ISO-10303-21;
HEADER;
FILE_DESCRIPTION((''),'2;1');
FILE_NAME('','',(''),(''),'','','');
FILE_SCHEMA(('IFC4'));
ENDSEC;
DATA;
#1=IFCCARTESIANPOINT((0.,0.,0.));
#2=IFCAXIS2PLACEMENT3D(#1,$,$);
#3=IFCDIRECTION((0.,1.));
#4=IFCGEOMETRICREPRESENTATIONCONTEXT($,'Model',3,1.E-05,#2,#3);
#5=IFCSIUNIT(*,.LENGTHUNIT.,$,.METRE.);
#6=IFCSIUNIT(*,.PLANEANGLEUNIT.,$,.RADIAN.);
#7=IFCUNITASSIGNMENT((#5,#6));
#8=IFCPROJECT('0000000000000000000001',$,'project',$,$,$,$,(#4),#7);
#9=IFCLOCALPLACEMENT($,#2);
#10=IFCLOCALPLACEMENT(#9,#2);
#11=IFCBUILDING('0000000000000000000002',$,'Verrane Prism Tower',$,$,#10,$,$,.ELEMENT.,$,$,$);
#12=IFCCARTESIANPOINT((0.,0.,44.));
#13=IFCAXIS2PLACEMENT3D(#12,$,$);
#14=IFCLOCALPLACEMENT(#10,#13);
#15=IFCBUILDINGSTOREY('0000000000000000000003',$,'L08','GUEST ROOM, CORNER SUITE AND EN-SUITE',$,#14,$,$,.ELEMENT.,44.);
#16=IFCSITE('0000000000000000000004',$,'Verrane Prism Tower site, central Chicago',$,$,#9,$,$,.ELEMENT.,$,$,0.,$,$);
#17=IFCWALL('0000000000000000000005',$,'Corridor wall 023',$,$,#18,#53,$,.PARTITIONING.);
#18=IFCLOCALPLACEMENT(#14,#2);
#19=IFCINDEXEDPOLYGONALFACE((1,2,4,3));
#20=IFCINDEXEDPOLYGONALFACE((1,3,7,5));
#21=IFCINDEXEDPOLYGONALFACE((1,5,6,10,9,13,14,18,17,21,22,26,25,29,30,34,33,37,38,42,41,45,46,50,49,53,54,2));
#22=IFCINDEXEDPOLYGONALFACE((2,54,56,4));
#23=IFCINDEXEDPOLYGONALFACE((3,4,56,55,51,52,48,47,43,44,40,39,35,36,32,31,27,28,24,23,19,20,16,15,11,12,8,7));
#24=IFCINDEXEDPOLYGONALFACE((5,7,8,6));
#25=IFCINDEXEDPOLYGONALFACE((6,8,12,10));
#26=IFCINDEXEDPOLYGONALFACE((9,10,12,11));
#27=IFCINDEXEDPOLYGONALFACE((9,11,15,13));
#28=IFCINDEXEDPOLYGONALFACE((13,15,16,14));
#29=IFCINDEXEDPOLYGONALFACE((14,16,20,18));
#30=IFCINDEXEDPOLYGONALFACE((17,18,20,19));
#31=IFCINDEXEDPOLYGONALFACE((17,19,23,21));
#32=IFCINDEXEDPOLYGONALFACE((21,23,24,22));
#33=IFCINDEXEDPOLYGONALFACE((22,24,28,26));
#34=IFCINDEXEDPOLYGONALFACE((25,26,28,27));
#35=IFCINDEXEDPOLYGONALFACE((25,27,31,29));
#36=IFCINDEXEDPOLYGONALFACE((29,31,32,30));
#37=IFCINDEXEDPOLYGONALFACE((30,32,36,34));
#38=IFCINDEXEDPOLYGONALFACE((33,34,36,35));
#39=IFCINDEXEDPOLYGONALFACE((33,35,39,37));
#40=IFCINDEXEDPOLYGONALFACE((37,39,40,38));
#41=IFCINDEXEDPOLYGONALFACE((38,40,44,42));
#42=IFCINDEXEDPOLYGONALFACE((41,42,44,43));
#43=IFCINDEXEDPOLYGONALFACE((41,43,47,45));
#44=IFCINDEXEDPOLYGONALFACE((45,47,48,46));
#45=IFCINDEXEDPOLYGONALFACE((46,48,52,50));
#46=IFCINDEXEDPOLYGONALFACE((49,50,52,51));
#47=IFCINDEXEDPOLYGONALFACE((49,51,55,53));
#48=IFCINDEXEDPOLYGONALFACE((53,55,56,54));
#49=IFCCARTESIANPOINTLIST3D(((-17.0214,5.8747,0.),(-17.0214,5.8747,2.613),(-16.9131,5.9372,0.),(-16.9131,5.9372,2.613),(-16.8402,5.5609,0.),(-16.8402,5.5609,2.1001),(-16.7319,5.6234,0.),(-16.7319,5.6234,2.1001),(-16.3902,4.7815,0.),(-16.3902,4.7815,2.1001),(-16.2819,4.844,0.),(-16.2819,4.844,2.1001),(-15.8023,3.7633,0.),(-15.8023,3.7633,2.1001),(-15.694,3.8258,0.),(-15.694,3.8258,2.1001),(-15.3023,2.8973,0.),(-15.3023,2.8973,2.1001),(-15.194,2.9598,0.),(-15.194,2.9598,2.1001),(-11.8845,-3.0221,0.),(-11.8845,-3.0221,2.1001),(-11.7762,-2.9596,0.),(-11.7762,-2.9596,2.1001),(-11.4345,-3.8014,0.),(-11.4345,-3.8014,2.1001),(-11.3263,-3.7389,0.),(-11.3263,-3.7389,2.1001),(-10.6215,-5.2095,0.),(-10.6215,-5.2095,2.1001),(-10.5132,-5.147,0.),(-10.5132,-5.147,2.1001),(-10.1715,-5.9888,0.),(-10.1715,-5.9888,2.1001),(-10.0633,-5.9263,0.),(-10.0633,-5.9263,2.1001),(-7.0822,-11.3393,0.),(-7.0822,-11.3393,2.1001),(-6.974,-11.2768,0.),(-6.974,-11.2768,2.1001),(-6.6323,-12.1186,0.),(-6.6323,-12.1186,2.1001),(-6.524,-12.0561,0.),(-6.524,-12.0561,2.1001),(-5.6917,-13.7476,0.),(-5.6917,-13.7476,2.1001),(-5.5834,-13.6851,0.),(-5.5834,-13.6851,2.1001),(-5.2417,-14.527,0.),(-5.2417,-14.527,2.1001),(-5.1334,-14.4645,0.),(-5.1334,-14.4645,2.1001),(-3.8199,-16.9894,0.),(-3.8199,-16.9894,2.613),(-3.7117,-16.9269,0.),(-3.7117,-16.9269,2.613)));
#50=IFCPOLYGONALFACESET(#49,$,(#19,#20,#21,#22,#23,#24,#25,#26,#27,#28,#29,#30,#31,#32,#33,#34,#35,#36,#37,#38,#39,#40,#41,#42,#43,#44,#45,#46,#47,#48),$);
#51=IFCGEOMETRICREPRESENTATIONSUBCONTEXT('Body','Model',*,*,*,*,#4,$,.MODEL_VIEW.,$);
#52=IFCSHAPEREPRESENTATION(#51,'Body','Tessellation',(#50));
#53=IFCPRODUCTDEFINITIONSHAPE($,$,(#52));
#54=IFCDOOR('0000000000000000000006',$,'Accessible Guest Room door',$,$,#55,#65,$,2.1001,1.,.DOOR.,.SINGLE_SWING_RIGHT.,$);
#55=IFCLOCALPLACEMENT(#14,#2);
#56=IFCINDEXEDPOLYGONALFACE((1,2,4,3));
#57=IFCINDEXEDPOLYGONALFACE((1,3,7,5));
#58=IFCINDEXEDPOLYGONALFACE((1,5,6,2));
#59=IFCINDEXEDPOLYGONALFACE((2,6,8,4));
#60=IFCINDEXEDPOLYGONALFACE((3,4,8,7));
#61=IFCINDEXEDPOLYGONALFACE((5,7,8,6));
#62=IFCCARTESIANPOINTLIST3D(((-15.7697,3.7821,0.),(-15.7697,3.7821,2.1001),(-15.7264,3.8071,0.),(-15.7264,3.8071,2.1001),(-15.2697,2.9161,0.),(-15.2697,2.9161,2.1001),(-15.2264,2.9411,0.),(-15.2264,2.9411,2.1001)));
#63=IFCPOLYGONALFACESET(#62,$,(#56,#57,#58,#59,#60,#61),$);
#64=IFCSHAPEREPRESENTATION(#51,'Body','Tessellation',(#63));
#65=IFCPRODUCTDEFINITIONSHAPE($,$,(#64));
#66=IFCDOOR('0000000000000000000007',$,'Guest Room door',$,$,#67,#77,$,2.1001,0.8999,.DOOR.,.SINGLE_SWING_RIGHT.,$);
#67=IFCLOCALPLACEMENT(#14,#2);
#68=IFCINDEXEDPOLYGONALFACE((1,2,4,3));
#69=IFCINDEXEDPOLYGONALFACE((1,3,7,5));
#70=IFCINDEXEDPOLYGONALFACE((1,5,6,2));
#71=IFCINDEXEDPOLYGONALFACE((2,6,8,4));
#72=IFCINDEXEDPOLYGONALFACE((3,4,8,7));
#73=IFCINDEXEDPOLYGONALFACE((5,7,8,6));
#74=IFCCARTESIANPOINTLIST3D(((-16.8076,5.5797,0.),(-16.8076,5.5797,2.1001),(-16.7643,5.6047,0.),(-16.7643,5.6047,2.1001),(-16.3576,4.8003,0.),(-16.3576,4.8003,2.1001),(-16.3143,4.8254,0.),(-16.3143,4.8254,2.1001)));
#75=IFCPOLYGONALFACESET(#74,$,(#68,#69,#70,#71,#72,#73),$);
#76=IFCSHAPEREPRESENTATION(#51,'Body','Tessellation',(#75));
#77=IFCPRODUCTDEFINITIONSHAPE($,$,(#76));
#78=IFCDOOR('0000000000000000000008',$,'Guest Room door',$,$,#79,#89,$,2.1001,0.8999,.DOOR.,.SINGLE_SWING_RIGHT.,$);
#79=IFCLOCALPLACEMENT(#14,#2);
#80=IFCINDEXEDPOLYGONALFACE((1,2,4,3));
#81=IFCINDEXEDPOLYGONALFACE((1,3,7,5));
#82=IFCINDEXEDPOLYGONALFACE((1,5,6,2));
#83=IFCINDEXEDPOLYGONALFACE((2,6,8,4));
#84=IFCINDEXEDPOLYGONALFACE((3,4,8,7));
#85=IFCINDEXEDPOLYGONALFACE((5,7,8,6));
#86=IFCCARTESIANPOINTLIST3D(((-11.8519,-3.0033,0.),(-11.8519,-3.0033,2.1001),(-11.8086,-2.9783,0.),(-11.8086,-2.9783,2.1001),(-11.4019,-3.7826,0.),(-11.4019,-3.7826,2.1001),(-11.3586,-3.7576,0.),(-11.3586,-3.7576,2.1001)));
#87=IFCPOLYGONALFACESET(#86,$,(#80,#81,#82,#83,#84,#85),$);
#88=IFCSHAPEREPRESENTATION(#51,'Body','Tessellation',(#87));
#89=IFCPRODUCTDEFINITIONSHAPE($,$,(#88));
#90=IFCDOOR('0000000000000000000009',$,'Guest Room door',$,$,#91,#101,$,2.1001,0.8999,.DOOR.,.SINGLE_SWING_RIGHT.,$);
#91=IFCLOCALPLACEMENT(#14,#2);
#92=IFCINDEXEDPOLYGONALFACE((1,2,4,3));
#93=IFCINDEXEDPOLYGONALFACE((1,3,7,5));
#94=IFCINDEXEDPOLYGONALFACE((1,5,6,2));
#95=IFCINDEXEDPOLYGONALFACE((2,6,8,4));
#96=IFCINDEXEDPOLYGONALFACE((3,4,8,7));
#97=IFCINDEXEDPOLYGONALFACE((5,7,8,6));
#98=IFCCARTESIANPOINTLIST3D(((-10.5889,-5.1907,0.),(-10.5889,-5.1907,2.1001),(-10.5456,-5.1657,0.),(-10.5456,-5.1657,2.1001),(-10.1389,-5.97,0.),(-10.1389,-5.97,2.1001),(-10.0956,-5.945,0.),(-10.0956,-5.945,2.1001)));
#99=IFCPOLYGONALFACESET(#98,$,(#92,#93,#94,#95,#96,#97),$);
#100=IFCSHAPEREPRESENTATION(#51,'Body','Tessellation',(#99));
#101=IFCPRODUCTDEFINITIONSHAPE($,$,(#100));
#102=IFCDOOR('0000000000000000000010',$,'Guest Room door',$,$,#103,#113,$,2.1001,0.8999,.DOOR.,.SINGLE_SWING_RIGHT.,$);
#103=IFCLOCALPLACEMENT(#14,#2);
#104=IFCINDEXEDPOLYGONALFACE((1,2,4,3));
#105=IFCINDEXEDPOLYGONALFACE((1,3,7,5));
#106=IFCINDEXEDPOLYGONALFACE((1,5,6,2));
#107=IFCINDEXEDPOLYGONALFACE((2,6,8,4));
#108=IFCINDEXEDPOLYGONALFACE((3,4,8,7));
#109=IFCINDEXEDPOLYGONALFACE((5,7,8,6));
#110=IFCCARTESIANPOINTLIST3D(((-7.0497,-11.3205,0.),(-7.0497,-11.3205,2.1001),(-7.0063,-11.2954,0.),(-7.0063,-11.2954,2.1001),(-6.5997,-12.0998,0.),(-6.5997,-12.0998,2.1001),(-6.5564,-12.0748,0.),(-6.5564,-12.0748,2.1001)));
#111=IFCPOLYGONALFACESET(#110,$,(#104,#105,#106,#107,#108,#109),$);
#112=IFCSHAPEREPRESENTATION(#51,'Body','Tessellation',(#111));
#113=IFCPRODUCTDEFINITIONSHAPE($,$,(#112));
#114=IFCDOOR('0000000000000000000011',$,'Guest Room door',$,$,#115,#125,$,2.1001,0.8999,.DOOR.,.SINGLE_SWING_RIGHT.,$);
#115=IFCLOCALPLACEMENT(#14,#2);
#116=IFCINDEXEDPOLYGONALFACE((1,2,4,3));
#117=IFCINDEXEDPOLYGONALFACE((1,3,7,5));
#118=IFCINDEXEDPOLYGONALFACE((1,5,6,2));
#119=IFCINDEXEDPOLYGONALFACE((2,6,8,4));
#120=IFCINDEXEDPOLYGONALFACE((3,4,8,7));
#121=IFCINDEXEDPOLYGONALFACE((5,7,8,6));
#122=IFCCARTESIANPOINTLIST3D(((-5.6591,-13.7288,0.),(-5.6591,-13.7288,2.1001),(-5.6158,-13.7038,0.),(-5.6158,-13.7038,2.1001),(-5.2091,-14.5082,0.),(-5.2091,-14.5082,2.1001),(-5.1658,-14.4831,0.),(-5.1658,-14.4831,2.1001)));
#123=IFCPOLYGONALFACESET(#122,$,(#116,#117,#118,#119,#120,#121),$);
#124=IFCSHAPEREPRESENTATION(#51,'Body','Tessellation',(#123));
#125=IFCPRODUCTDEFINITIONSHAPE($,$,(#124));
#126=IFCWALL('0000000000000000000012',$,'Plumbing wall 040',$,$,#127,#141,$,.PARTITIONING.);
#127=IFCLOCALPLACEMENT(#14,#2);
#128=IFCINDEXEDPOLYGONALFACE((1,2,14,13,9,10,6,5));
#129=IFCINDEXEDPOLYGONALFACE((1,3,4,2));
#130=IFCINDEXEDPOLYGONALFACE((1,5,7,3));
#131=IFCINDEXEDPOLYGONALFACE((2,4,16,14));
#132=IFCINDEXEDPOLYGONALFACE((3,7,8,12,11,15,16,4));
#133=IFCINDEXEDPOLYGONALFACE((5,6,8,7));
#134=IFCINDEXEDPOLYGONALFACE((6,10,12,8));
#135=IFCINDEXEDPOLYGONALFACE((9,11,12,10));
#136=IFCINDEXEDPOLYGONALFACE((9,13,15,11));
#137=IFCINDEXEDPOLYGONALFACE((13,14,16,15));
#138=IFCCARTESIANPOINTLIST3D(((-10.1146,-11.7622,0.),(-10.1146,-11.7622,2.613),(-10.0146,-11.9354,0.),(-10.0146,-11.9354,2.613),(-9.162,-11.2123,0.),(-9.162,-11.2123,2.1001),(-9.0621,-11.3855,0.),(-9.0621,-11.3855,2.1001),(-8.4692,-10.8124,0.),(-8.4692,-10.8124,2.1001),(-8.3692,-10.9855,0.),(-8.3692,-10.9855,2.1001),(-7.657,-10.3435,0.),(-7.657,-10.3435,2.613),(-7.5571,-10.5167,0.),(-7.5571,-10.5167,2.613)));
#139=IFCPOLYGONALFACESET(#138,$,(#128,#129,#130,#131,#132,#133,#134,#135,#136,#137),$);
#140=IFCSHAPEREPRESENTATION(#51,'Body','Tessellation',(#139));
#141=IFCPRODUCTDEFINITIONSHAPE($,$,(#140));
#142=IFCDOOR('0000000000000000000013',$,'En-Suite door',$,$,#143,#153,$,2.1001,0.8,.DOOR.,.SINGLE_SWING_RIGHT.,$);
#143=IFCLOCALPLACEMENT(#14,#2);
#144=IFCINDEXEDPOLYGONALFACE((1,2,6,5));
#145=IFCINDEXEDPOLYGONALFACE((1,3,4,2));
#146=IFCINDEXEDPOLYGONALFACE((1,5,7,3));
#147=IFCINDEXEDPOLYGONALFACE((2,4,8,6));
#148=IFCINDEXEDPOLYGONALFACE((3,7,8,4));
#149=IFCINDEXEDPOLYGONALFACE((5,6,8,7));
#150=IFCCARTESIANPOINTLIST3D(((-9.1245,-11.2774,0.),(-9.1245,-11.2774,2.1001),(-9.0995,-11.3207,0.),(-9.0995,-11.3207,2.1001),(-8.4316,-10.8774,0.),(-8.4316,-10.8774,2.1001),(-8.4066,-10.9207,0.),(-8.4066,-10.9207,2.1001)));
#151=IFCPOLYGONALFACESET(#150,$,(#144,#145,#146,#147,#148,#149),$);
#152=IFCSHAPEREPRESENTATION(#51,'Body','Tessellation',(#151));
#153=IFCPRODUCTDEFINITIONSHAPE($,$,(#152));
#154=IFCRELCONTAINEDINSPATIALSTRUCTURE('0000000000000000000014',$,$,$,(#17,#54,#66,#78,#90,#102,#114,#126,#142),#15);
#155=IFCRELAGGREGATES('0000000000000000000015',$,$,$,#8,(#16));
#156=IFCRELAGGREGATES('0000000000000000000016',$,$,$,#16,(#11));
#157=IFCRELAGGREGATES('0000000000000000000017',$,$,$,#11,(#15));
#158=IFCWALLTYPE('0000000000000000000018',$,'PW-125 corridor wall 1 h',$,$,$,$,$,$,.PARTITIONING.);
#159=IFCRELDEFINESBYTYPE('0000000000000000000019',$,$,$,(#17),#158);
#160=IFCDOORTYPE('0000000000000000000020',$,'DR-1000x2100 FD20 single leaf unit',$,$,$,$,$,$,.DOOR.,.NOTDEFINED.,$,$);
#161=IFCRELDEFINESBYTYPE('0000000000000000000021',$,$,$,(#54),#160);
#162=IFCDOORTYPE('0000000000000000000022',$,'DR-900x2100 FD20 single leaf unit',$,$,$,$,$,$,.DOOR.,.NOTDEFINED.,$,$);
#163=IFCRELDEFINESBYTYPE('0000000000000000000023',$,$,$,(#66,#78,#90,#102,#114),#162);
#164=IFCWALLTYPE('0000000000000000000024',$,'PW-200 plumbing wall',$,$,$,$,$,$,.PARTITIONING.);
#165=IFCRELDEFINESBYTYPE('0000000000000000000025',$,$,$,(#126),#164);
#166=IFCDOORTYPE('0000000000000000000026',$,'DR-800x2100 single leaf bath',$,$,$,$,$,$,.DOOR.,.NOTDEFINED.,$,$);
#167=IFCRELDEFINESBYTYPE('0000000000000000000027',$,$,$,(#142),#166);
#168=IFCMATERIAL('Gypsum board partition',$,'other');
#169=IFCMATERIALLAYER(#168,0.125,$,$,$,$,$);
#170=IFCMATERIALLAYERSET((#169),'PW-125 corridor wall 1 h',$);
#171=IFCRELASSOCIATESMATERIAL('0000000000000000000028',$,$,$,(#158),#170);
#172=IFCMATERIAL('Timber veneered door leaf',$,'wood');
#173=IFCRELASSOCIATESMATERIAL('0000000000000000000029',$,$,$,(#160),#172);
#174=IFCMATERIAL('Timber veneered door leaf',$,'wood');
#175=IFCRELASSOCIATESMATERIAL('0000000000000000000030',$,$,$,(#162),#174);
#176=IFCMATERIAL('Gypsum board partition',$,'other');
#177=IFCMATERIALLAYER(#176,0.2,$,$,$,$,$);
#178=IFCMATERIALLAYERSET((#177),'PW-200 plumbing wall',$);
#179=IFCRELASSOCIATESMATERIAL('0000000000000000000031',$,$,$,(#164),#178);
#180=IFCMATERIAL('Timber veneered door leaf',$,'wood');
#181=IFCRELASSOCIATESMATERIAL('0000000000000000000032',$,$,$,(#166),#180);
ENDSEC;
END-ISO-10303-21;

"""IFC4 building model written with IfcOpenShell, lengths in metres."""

from ifc_helpers import new_model, si_unit, direction, frame, frame_2d, origin, place, context, subcontext, project, spatial, rectangle, extrude, material, layer, layer_set, type_object, element, fill, save


model = new_model("IFC4")

# Units and contexts
model_context = context("Model", 3, precision=1e-05, world=origin(), true_north=direction((0.0, 1.0)))
body_context = subcontext(model_context, "Body", "Model", "MODEL_VIEW")
ifc_project = project(units=[si_unit("LENGTHUNIT", "METRE"), si_unit("PLANEANGLEUNIT", "RADIAN")], contexts=[model_context])

# Site, building, storey
site_placement = place(None, origin())
site = spatial("IfcSite", under=ifc_project, at=site_placement, Name="Verrane Prism Tower site, central Chicago", CompositionType="ELEMENT", RefElevation=0.0)
building_placement = place(site_placement, origin())
building = spatial("IfcBuilding", under=site, at=building_placement, Name="Verrane Prism Tower", CompositionType="ELEMENT")
storey_placement = place(building_placement, frame((0.0, 0.0, 44.0)))
storey = spatial("IfcBuildingStorey", under=building, at=storey_placement, Name="L08", Description="GUEST ROOM, CORNER SUITE AND EN-SUITE", CompositionType="ELEMENT", Elevation=44.0)

# Wall, openings, doors
ifc_material_1 = material(Name="Gypsum board partition", Category="other")
ifc_layer_1 = layer(ifc_material_1, 0.125)
ifc_layer_set_1 = layer_set([ifc_layer_1], Name="PW-125 corridor wall 1 h")
wall_type_1 = type_object("IfcWallType", Name="PW-125 corridor wall 1 h", PredefinedType="PARTITIONING", material=ifc_layer_set_1)
wall_1_placement = place(storey_placement, frame((-3.7659, -16.958, 0.0), z_axis=(0.0, 0.0, 1.0), x_axis=(-0.500025, 0.866011, 0.0)))
wall_1 = element("IfcWall", 1, at=wall_1_placement, inside=storey, type_object=wall_type_1, Name="Corridor wall 023", PredefinedType="PARTITIONING", context=body_context, shape_type="SweptSolid", body=[
    extrude(rectangle(XDim=26.4016, YDim=0.125, at=frame_2d((13.2007, 0.0))), origin(), (0.0, 0.0, 1.0), 2.613),
])
opening_1_placement = place(wall_1_placement, frame((25.1392, 0.0, 0.0)))
opening_1 = element("IfcOpeningElement", 2, at=opening_1_placement, cuts=wall_1, PredefinedType="OPENING", context=body_context, shape_type="SweptSolid", body=[
    extrude(rectangle(XDim=0.8999, YDim=2.1001, at=frame_2d((0.45, 1.05))), frame((0.0, 0.0725, 0.0), z_axis=(0.0, -1.0, 0.0), x_axis=(1.0, 0.0, 0.0)), (0.0, 0.0, 1.0), 0.145),
])
opening_2_placement = place(wall_1_placement, frame((22.9634, 0.0, 0.0)))
opening_2 = element("IfcOpeningElement", 3, at=opening_2_placement, cuts=wall_1, PredefinedType="OPENING", context=body_context, shape_type="SweptSolid", body=[
    extrude(rectangle(XDim=1.0, YDim=2.1001, at=frame_2d((0.5, 1.05))), frame((0.0, 0.0725, 0.0), z_axis=(0.0, -1.0, 0.0), x_axis=(1.0, 0.0, 0.0)), (0.0, 0.0, 1.0), 0.145),
])
opening_3_placement = place(wall_1_placement, frame((15.2283, 0.0, 0.0)))
opening_3 = element("IfcOpeningElement", 4, at=opening_3_placement, cuts=wall_1, PredefinedType="OPENING", context=body_context, shape_type="SweptSolid", body=[
    extrude(rectangle(XDim=0.8999, YDim=2.1001, at=frame_2d((0.45, 1.05))), frame((0.0, 0.0725, 0.0), z_axis=(0.0, -1.0, 0.0), x_axis=(1.0, 0.0, 0.0)), (0.0, 0.0, 1.0), 0.145),
])
opening_4_placement = place(wall_1_placement, frame((12.7024, 0.0, 0.0)))
opening_4 = element("IfcOpeningElement", 5, at=opening_4_placement, cuts=wall_1, PredefinedType="OPENING", context=body_context, shape_type="SweptSolid", body=[
    extrude(rectangle(XDim=0.8999, YDim=2.1001, at=frame_2d((0.45, 1.05))), frame((0.0, 0.0725, 0.0), z_axis=(0.0, -1.0, 0.0), x_axis=(1.0, 0.0, 0.0)), (0.0, 0.0, 1.0), 0.145),
])
opening_5_placement = place(wall_1_placement, frame((5.6243, 0.0, 0.0)))
opening_5 = element("IfcOpeningElement", 6, at=opening_5_placement, cuts=wall_1, PredefinedType="OPENING", context=body_context, shape_type="SweptSolid", body=[
    extrude(rectangle(XDim=0.8999, YDim=2.1001, at=frame_2d((0.45, 1.05))), frame((0.0, 0.0725, 0.0), z_axis=(0.0, -1.0, 0.0), x_axis=(1.0, 0.0, 0.0)), (0.0, 0.0, 1.0), 0.145),
])
opening_6_placement = place(wall_1_placement, frame((2.8433, 0.0, 0.0)))
opening_6 = element("IfcOpeningElement", 7, at=opening_6_placement, cuts=wall_1, PredefinedType="OPENING", context=body_context, shape_type="SweptSolid", body=[
    extrude(rectangle(XDim=0.8999, YDim=2.1001, at=frame_2d((0.45, 1.05))), frame((0.0, 0.0725, 0.0), z_axis=(0.0, -1.0, 0.0), x_axis=(1.0, 0.0, 0.0)), (0.0, 0.0, 1.0), 0.145),
])
ifc_material_2 = material(Name="Timber veneered door leaf", Category="wood")
door_type_1 = type_object("IfcDoorType", Name="DR-1000x2100 FD20 single leaf unit", OperationType="NOTDEFINED", PredefinedType="DOOR", material=ifc_material_2)
door_1_placement = place(opening_2_placement, origin())
door_1 = element("IfcDoor", 8, at=door_1_placement, inside=storey, type_object=door_type_1, Name="Accessible Guest Room door", OperationType="SINGLE_SWING_RIGHT", OverallHeight=2.1001, OverallWidth=1.0, PredefinedType="DOOR", context=body_context, shape_type="SweptSolid", body=[
    extrude(rectangle(XDim=1.0, YDim=2.1001, at=frame_2d((0.5, 1.05))), frame((0.0, 0.0249, 0.0), z_axis=(0.0, -1.0, 0.0), x_axis=(1.0, 0.0, 0.0)), (0.0, 0.0, 1.0), 0.05),
])
fill(opening_2, door_1)
ifc_material_3 = material(Name="Timber veneered door leaf", Category="wood")
door_type_2 = type_object("IfcDoorType", Name="DR-900x2100 FD20 single leaf unit", OperationType="NOTDEFINED", PredefinedType="DOOR", material=ifc_material_3)
door_2_placement = place(opening_1_placement, origin())
door_2 = element("IfcDoor", 9, at=door_2_placement, inside=storey, type_object=door_type_2, Name="Guest Room door", OperationType="SINGLE_SWING_RIGHT", OverallHeight=2.1001, OverallWidth=0.8999, PredefinedType="DOOR", context=body_context, shape_type="SweptSolid", body=[
    extrude(rectangle(XDim=0.8999, YDim=2.1001, at=frame_2d((0.45, 1.05))), frame((0.0, 0.0249, 0.0), z_axis=(0.0, -1.0, 0.0), x_axis=(1.0, 0.0, 0.0)), (0.0, 0.0, 1.0), 0.05),
])
fill(opening_1, door_2)
door_3_placement = place(opening_3_placement, origin())
door_3 = element("IfcDoor", 10, at=door_3_placement, inside=storey, type_object=door_type_2, Name="Guest Room door", OperationType="SINGLE_SWING_RIGHT", OverallHeight=2.1001, OverallWidth=0.8999, PredefinedType="DOOR", context=body_context, shape_type="SweptSolid", body=[
    extrude(rectangle(XDim=0.8999, YDim=2.1001, at=frame_2d((0.45, 1.05))), frame((0.0, 0.0249, 0.0), z_axis=(0.0, -1.0, 0.0), x_axis=(1.0, 0.0, 0.0)), (0.0, 0.0, 1.0), 0.05),
])
fill(opening_3, door_3)
door_4_placement = place(opening_4_placement, origin())
door_4 = element("IfcDoor", 11, at=door_4_placement, inside=storey, type_object=door_type_2, Name="Guest Room door", OperationType="SINGLE_SWING_RIGHT", OverallHeight=2.1001, OverallWidth=0.8999, PredefinedType="DOOR", context=body_context, shape_type="SweptSolid", body=[
    extrude(rectangle(XDim=0.8999, YDim=2.1001, at=frame_2d((0.45, 1.05))), frame((0.0, 0.0249, 0.0), z_axis=(0.0, -1.0, 0.0), x_axis=(1.0, 0.0, 0.0)), (0.0, 0.0, 1.0), 0.05),
])
fill(opening_4, door_4)
door_5_placement = place(opening_5_placement, origin())
door_5 = element("IfcDoor", 12, at=door_5_placement, inside=storey, type_object=door_type_2, Name="Guest Room door", OperationType="SINGLE_SWING_RIGHT", OverallHeight=2.1001, OverallWidth=0.8999, PredefinedType="DOOR", context=body_context, shape_type="SweptSolid", body=[
    extrude(rectangle(XDim=0.8999, YDim=2.1001, at=frame_2d((0.45, 1.05))), frame((0.0, 0.0249, 0.0), z_axis=(0.0, -1.0, 0.0), x_axis=(1.0, 0.0, 0.0)), (0.0, 0.0, 1.0), 0.05),
])
fill(opening_5, door_5)
door_6_placement = place(opening_6_placement, origin())
door_6 = element("IfcDoor", 13, at=door_6_placement, inside=storey, type_object=door_type_2, Name="Guest Room door", OperationType="SINGLE_SWING_RIGHT", OverallHeight=2.1001, OverallWidth=0.8999, PredefinedType="DOOR", context=body_context, shape_type="SweptSolid", body=[
    extrude(rectangle(XDim=0.8999, YDim=2.1001, at=frame_2d((0.45, 1.05))), frame((0.0, 0.0249, 0.0), z_axis=(0.0, -1.0, 0.0), x_axis=(1.0, 0.0, 0.0)), (0.0, 0.0, 1.0), 0.05),
])
fill(opening_6, door_6)

# Wall, opening, door
ifc_material_4 = material(Name="Gypsum board partition", Category="other")
ifc_layer_2 = layer(ifc_material_4, 0.2)
ifc_layer_set_2 = layer_set([ifc_layer_2], Name="PW-200 plumbing wall")
wall_type_2 = type_object("IfcWallType", Name="PW-200 plumbing wall", PredefinedType="PARTITIONING", material=ifc_layer_set_2)
wall_2_placement = place(storey_placement, frame((-10.0647, -11.8489, 0.0), z_axis=(0.0, 0.0, 1.0), x_axis=(0.866048, 0.499961, 0.0)))
wall_2 = element("IfcWall", 14, at=wall_2_placement, inside=storey, type_object=wall_type_2, Name="Plumbing wall 040", PredefinedType="PARTITIONING", context=body_context, shape_type="SweptSolid", body=[
    extrude(rectangle(XDim=2.8376, YDim=0.2, at=frame_2d((1.4189, 0.0))), origin(), (0.0, 0.0, 1.0), 2.613),
])
opening_7_placement = place(wall_2_placement, frame((1.1001, 0.0, 0.0)))
opening_7 = element("IfcOpeningElement", 15, at=opening_7_placement, cuts=wall_2, PredefinedType="OPENING", context=body_context, shape_type="SweptSolid", body=[
    extrude(rectangle(XDim=0.8, YDim=2.1001, at=frame_2d((0.3999, 1.05))), frame((0.0, 0.1099, 0.0), z_axis=(0.0, -1.0, 0.0), x_axis=(1.0, 0.0, 0.0)), (0.0, 0.0, 1.0), 0.22),
])
ifc_material_5 = material(Name="Timber veneered door leaf", Category="wood")
door_type_3 = type_object("IfcDoorType", Name="DR-800x2100 single leaf bath", OperationType="NOTDEFINED", PredefinedType="DOOR", material=ifc_material_5)
door_7_placement = place(opening_7_placement, origin())
door_7 = element("IfcDoor", 16, at=door_7_placement, inside=storey, type_object=door_type_3, Name="En-Suite door", OperationType="SINGLE_SWING_RIGHT", OverallHeight=2.1001, OverallWidth=0.8, PredefinedType="DOOR", context=body_context, shape_type="SweptSolid", body=[
    extrude(rectangle(XDim=0.8, YDim=2.1001, at=frame_2d((0.3999, 1.05))), frame((0.0, 0.0249, 0.0), z_axis=(0.0, -1.0, 0.0), x_axis=(1.0, 0.0, 0.0)), (0.0, 0.0, 1.0), 0.05),
])
fill(opening_7, door_7)

save(model, "model.ifc")
